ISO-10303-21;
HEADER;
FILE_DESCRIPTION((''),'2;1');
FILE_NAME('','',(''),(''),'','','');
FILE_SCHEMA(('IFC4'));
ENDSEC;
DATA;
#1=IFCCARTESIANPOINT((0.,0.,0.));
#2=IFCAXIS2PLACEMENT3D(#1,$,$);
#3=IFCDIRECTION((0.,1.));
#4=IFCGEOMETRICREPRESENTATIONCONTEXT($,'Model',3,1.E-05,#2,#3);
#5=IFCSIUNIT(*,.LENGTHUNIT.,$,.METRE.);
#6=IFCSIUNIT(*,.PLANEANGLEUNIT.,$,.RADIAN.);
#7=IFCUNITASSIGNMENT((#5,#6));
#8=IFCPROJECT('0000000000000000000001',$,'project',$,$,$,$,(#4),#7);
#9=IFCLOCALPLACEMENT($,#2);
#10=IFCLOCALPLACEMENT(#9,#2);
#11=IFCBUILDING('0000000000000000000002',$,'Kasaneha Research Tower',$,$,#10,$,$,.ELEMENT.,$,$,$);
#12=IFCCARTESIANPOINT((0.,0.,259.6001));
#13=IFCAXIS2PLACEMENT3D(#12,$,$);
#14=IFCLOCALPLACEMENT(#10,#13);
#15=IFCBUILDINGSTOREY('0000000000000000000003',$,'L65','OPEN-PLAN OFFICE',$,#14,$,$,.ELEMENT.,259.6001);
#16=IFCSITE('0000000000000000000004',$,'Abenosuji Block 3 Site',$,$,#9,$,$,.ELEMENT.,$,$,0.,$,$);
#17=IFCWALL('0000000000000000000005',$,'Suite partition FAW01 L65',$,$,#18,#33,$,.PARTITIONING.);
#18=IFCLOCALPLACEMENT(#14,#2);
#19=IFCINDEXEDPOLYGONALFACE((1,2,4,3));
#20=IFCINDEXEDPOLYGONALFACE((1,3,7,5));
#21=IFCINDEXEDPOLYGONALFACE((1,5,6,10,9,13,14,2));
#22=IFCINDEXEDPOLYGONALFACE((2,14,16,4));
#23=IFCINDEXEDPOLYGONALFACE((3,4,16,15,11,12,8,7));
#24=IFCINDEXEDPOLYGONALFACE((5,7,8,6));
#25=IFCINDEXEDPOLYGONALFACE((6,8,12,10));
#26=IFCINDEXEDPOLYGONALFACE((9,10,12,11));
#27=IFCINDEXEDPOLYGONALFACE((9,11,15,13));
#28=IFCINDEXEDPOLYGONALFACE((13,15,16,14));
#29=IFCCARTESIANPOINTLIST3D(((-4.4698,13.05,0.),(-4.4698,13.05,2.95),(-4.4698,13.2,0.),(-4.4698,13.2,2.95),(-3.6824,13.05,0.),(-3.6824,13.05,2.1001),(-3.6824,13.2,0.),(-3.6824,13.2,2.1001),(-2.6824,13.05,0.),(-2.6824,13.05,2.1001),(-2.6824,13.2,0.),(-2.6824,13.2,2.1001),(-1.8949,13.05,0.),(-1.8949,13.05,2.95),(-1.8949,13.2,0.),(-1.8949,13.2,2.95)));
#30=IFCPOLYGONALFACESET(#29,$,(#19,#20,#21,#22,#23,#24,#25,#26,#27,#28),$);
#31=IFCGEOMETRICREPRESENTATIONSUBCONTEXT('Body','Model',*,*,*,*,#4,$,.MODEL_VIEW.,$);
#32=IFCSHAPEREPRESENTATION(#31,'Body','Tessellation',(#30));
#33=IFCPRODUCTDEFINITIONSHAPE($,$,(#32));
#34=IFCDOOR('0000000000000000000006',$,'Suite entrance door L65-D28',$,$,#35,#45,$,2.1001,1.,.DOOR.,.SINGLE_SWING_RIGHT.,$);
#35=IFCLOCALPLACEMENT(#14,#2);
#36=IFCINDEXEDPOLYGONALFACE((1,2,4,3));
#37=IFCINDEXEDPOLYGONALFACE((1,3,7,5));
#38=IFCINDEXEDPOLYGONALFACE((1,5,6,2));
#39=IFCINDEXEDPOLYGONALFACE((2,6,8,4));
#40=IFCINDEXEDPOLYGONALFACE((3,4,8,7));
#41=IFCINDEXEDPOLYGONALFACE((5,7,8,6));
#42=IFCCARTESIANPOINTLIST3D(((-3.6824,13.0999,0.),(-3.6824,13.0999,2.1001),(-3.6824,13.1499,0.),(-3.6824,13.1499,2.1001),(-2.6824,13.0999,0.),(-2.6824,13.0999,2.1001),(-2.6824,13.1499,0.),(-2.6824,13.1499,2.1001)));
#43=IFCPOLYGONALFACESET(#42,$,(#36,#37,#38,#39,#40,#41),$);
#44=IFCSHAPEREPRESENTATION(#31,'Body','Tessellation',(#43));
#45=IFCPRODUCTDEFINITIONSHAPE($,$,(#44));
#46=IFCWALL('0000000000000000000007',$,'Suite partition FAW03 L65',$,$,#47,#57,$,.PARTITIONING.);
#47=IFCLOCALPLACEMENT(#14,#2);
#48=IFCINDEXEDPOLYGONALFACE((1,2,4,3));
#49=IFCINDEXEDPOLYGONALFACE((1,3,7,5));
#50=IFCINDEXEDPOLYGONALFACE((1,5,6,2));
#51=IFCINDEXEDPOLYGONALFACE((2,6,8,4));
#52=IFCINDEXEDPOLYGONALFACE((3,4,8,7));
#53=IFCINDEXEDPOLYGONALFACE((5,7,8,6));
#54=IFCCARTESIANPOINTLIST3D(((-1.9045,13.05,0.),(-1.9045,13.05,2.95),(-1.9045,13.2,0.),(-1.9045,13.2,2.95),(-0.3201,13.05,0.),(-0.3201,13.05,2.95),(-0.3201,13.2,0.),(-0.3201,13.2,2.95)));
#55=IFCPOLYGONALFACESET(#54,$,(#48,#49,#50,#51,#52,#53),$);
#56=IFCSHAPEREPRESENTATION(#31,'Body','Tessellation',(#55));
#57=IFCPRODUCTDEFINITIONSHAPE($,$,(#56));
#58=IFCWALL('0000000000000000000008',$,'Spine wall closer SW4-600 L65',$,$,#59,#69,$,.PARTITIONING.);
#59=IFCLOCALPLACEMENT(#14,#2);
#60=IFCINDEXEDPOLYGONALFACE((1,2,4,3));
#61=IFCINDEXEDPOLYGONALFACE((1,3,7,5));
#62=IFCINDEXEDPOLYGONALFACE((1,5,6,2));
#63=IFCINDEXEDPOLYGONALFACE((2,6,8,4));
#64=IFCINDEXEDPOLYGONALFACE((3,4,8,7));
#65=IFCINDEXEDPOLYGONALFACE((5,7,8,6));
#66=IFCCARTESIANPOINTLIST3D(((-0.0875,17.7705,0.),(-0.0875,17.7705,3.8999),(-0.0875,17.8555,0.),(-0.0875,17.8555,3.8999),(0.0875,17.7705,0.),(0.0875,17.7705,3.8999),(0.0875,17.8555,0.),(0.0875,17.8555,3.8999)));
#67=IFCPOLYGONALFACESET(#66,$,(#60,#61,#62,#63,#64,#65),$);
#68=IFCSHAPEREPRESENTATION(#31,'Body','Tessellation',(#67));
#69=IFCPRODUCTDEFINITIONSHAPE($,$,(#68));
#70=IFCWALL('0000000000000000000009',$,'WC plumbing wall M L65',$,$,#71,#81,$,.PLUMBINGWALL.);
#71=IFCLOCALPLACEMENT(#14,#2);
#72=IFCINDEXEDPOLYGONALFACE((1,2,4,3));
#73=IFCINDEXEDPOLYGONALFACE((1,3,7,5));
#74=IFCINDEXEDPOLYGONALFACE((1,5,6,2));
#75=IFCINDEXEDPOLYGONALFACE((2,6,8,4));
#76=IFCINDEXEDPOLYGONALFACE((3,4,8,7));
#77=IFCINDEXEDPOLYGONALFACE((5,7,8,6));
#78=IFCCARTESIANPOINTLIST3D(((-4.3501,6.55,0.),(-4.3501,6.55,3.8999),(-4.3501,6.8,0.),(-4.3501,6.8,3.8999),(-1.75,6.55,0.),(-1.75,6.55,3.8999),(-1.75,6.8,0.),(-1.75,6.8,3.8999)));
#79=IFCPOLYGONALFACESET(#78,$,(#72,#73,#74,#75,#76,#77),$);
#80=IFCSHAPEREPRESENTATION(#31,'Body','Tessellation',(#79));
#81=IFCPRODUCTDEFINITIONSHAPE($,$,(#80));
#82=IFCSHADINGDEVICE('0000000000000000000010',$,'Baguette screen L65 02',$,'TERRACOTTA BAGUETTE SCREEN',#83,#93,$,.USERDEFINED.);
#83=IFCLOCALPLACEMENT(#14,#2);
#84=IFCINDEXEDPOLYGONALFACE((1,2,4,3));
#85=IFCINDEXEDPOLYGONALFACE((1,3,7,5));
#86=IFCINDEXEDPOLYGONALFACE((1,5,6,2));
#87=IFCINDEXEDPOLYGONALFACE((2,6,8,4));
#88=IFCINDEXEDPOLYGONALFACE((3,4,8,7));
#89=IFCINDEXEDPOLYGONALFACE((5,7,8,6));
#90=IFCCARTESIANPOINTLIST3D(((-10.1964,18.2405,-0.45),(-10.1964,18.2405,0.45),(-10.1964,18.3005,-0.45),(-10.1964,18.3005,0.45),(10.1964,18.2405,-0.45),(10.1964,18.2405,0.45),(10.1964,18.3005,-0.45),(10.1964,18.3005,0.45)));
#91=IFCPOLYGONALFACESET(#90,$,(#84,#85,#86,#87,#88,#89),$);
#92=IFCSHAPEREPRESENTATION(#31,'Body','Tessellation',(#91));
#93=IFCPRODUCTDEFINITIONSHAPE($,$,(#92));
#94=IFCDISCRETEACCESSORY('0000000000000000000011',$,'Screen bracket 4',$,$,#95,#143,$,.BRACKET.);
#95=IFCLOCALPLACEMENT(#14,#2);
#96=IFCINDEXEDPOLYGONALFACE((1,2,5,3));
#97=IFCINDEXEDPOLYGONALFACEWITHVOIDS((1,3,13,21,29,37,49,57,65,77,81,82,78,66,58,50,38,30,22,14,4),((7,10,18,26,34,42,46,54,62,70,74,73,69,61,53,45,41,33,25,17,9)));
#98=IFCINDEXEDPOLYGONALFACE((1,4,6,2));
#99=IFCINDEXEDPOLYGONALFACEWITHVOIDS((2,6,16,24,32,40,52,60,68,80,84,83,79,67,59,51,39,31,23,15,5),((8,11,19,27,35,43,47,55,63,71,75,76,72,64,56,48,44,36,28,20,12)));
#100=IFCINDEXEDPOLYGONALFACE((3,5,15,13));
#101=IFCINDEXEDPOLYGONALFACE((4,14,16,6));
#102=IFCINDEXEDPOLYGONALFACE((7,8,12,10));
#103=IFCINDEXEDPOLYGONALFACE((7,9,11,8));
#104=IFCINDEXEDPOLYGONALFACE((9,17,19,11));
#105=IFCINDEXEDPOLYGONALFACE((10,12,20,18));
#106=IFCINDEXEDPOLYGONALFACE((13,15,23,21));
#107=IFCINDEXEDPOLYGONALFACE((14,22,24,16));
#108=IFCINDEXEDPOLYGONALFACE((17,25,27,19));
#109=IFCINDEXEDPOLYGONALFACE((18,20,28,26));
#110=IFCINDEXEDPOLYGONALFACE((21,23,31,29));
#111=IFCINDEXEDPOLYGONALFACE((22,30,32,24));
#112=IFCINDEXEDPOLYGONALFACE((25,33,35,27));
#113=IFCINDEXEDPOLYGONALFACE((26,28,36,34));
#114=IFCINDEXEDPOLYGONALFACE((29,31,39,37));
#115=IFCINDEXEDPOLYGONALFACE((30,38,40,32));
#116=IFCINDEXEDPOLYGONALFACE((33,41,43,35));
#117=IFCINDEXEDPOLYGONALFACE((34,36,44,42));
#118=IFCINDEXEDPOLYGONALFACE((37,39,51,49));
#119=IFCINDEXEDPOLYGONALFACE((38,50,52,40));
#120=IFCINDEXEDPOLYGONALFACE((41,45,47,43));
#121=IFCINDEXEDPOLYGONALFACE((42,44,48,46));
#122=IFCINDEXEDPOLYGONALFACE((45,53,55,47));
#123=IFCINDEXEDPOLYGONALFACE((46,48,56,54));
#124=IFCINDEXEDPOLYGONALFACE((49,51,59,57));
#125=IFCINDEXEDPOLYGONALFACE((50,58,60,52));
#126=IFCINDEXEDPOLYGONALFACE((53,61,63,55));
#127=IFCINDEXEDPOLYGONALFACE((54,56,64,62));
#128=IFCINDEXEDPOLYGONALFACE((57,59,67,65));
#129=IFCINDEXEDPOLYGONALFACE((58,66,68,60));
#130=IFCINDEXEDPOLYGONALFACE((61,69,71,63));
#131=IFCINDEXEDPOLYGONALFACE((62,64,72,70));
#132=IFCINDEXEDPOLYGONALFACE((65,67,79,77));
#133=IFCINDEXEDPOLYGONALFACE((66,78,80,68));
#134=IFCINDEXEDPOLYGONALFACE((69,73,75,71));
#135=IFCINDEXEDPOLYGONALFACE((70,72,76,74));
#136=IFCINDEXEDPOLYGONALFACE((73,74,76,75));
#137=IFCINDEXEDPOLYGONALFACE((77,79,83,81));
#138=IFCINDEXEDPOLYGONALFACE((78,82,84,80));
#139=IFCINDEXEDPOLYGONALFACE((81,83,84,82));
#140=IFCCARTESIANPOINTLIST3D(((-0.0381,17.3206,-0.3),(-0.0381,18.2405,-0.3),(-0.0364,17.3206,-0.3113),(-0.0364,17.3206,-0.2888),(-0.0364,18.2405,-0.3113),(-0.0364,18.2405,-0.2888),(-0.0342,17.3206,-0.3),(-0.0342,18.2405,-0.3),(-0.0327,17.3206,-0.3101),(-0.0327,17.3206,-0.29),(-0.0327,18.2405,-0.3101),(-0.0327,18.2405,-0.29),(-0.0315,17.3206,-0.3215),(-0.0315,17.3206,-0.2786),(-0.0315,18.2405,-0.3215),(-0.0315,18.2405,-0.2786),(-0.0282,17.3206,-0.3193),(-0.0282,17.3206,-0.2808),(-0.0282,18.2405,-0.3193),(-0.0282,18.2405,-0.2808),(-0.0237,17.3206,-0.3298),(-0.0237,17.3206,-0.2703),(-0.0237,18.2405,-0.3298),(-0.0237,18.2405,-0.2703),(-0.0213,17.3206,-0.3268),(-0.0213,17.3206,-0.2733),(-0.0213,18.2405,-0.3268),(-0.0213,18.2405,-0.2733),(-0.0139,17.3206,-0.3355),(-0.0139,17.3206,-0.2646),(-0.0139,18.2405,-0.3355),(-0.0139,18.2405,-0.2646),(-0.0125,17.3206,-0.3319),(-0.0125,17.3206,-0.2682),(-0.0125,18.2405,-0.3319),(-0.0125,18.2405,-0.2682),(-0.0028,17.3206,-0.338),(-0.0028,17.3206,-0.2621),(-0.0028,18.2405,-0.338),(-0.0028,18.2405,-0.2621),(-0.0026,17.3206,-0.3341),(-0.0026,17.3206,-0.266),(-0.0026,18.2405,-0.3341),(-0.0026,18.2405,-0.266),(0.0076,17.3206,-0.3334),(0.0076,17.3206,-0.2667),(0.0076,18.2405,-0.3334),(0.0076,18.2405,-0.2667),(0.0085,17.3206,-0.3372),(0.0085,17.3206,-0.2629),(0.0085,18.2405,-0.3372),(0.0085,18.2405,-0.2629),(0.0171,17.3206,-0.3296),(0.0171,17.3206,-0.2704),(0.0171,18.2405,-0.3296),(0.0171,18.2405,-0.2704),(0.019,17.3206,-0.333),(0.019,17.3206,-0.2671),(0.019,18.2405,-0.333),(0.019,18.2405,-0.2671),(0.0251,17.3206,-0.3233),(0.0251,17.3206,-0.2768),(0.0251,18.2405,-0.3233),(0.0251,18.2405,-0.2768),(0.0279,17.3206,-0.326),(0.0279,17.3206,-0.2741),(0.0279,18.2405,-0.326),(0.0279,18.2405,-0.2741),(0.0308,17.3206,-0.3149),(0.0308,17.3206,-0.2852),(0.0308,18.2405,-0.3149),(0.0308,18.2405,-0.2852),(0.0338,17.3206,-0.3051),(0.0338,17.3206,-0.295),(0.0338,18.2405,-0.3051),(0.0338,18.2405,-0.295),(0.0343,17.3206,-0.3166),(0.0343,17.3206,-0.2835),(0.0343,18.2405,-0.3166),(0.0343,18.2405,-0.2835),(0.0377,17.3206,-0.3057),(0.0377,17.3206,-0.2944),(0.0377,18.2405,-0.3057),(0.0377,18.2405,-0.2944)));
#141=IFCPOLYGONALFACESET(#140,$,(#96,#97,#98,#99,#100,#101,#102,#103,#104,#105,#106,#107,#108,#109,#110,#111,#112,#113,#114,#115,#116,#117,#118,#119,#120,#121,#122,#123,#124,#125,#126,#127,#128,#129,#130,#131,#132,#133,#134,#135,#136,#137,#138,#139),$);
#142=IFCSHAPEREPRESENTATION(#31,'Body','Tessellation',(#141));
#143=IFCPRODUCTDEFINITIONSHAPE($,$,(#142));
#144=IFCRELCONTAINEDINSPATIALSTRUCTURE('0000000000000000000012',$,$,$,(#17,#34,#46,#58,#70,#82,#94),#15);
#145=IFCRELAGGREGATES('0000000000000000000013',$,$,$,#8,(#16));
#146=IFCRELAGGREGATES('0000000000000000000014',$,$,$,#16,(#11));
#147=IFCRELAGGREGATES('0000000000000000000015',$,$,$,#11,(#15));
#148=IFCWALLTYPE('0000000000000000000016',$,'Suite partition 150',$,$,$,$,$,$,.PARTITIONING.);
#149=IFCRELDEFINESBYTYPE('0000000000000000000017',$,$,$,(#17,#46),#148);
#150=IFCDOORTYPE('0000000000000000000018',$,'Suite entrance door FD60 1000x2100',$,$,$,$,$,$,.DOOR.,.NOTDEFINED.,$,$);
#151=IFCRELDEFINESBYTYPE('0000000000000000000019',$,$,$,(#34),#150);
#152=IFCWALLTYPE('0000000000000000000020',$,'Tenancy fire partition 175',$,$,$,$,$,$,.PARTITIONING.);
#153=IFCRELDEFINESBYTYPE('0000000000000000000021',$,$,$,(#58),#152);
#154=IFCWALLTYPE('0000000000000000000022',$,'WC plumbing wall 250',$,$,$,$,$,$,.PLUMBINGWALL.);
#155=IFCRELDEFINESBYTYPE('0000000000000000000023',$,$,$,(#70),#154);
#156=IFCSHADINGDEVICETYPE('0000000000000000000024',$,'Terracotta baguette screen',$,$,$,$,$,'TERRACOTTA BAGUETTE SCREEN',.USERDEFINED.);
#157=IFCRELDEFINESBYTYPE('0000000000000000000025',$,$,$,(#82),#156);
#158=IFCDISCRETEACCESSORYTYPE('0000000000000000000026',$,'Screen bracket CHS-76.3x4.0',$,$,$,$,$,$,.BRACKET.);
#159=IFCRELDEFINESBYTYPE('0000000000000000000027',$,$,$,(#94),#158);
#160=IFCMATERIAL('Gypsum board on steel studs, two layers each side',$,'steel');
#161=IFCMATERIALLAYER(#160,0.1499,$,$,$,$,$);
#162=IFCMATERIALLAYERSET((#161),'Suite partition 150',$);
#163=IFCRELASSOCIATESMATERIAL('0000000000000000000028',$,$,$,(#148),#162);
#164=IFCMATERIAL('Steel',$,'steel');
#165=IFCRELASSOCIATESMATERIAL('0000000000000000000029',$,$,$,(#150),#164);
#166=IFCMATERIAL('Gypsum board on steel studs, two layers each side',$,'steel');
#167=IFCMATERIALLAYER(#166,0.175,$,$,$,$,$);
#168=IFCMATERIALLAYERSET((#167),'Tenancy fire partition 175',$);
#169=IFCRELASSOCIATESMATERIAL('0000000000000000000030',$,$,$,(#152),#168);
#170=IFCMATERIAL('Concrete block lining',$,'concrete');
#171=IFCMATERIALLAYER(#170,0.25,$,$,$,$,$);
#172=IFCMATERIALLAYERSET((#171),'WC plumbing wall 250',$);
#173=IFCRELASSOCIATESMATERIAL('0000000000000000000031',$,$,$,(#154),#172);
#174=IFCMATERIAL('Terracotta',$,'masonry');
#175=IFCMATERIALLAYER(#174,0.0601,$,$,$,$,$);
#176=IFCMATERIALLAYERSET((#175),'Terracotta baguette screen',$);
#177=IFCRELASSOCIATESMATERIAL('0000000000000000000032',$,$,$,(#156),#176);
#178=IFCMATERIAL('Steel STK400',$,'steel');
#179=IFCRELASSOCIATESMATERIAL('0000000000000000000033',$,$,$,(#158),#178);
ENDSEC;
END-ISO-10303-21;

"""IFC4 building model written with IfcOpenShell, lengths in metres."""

from ifc_helpers import new_model, si_unit, direction, frame, frame_2d, origin, origin_2d, place, context, subcontext, project, spatial, rectangle, hollow_circle, extrude, material, layer, layer_set, material_profile, profile_set, type_object, element, fill, save


model = new_model("IFC4")

# Units and contexts
model_context = context("Model", 3, precision=1e-05, world=origin(), true_north=direction((0.0, 1.0)))
body_context = subcontext(model_context, "Body", "Model", "MODEL_VIEW")
ifc_project = project(units=[si_unit("LENGTHUNIT", "METRE"), si_unit("PLANEANGLEUNIT", "RADIAN")], contexts=[model_context])

# Site, building, storey
site_placement = place(None, origin())
site = spatial("IfcSite", under=ifc_project, at=site_placement, Name="Abenosuji Block 3 Site", CompositionType="ELEMENT", RefElevation=0.0)
building_placement = place(site_placement, origin())
building = spatial("IfcBuilding", under=site, at=building_placement, Name="Kasaneha Research Tower", CompositionType="ELEMENT")
storey_placement = place(building_placement, frame((0.0, 0.0, 259.6001)))
storey = spatial("IfcBuildingStorey", under=building, at=storey_placement, Name="L65", Description="OPEN-PLAN OFFICE", CompositionType="ELEMENT", Elevation=259.6001)

# Shared definitions
ifc_material_1 = material(Name="Gypsum board on steel studs, two layers each side", Category="steel")
ifc_layer_1 = layer(ifc_material_1, 0.1499)
ifc_layer_set_1 = layer_set([ifc_layer_1], Name="Suite partition 150")
wall_type_1 = type_object("IfcWallType", Name="Suite partition 150", PredefinedType="PARTITIONING", material=ifc_layer_set_1)

# Wall, opening, door
wall_1_placement = place(storey_placement, frame((-4.47, 13.125, 0.0), z_axis=(0.0, 0.0, 1.0), x_axis=(1.0, 0.0, 0.0)))
wall_1 = element("IfcWall", 1, at=wall_1_placement, inside=storey, type_object=wall_type_1, Name="Suite partition FAW01 L65", PredefinedType="PARTITIONING", context=body_context, shape_type="SweptSolid", body=[
    extrude(rectangle(XDim=2.575, YDim=0.1499, at=frame_2d((1.2876, 0.0))), origin(), (0.0, 0.0, 1.0), 2.95),
])
opening_1_placement = place(wall_1_placement, frame((0.7876, 0.0, 0.0)))
opening_1 = element("IfcOpeningElement", 2, at=opening_1_placement, cuts=wall_1, PredefinedType="OPENING", context=body_context, shape_type="SweptSolid", body=[
    extrude(rectangle(XDim=1.0, YDim=2.1001, at=frame_2d((0.5, 1.05))), frame((0.0, 0.085, 0.0), z_axis=(0.0, -1.0, 0.0), x_axis=(1.0, 0.0, 0.0)), (0.0, 0.0, 1.0), 0.1699),
])
ifc_material_2 = material(Name="Steel", Category="steel")
door_type_1 = type_object("IfcDoorType", Name="Suite entrance door FD60 1000x2100", OperationType="NOTDEFINED", PredefinedType="DOOR", material=ifc_material_2)
door_1_placement = place(opening_1_placement, origin())
door_1 = element("IfcDoor", 3, at=door_1_placement, inside=storey, type_object=door_type_1, Name="Suite entrance door L65-D28", OperationType="SINGLE_SWING_RIGHT", OverallHeight=2.1001, OverallWidth=1.0, PredefinedType="DOOR", context=body_context, shape_type="SweptSolid", body=[
    extrude(rectangle(XDim=1.0, YDim=2.1001, at=frame_2d((0.5, 1.05))), frame((0.0, 0.0249, 0.0), z_axis=(0.0, -1.0, 0.0), x_axis=(1.0, 0.0, 0.0)), (0.0, 0.0, 1.0), 0.05),
])
fill(opening_1, door_1)

# Walls
wall_2_placement = place(storey_placement, frame((-1.9045, 13.125, 0.0), z_axis=(0.0, 0.0, 1.0), x_axis=(1.0, 0.0, 0.0)))
element("IfcWall", 4, at=wall_2_placement, inside=storey, type_object=wall_type_1, Name="Suite partition FAW03 L65", PredefinedType="PARTITIONING", context=body_context, shape_type="SweptSolid", body=[
    extrude(rectangle(XDim=1.5845, YDim=0.1499, at=frame_2d((0.7922, 0.0))), origin(), (0.0, 0.0, 1.0), 2.95),
])
ifc_material_3 = material(Name="Gypsum board on steel studs, two layers each side", Category="steel")
ifc_layer_2 = layer(ifc_material_3, 0.175)
ifc_layer_set_2 = layer_set([ifc_layer_2], Name="Tenancy fire partition 175")
wall_type_2 = type_object("IfcWallType", Name="Tenancy fire partition 175", PredefinedType="PARTITIONING", material=ifc_layer_set_2)
wall_3_placement = place(storey_placement, frame((0.0, 17.7705, 0.0), z_axis=(0.0, 0.0, 1.0), x_axis=(0.0, 1.0, 0.0)))
element("IfcWall", 5, at=wall_3_placement, inside=storey, type_object=wall_type_2, Name="Spine wall closer SW4-600 L65", PredefinedType="PARTITIONING", context=body_context, shape_type="SweptSolid", body=[
    extrude(rectangle(XDim=0.085, YDim=0.175, at=frame_2d((0.0425, 0.0))), origin(), (0.0, 0.0, 1.0), 3.8999),
])
ifc_material_4 = material(Name="Concrete block lining", Category="concrete")
ifc_layer_3 = layer(ifc_material_4, 0.25)
ifc_layer_set_3 = layer_set([ifc_layer_3], Name="WC plumbing wall 250")
wall_type_3 = type_object("IfcWallType", Name="WC plumbing wall 250", PredefinedType="PLUMBINGWALL", material=ifc_layer_set_3)
wall_4_placement = place(storey_placement, frame((-4.3501, 6.675, 0.0), z_axis=(0.0, 0.0, 1.0), x_axis=(1.0, 0.0, 0.0)))
element("IfcWall", 6, at=wall_4_placement, inside=storey, type_object=wall_type_3, Name="WC plumbing wall M L65", PredefinedType="PLUMBINGWALL", context=body_context, shape_type="SweptSolid", body=[
    extrude(rectangle(XDim=2.6001, YDim=0.25, at=frame_2d((1.3, 0.0))), origin(), (0.0, 0.0, 1.0), 3.8999),
])

# Shading device
ifc_material_5 = material(Name="Terracotta", Category="masonry")
ifc_layer_4 = layer(ifc_material_5, 0.0601)
ifc_layer_set_4 = layer_set([ifc_layer_4], Name="Terracotta baguette screen")
shading_device_type = type_object("IfcShadingDeviceType", Name="Terracotta baguette screen", ElementType="TERRACOTTA BAGUETTE SCREEN", PredefinedType="USERDEFINED", material=ifc_layer_set_4)
shading_device_placement = place(storey_placement, frame((0.0, 18.2705, -0.45), z_axis=(0.0, 0.0, 1.0), x_axis=(-1.0, 0.0, 0.0)))
element("IfcShadingDevice", 7, at=shading_device_placement, inside=storey, type_object=shading_device_type, Name="Baguette screen L65 02", ObjectType="TERRACOTTA BAGUETTE SCREEN", PredefinedType="USERDEFINED", context=body_context, shape_type="SweptSolid", body=[
    extrude(rectangle(XDim=20.3928, YDim=0.0601, at=origin_2d()), origin(), (0.0, 0.0, 1.0), 0.8999),
])

# Discrete accessory
ifc_material_6 = material(Name="Steel STK400", Category="steel")
ifc_material_profile_1 = material_profile(ifc_material_6, hollow_circle(Radius=0.0381, WallThickness=0.0039, at=origin_2d()), Name="CHS-76.3x4.0")
ifc_profile_set_1 = profile_set([ifc_material_profile_1], Name="Steel STK400")
discrete_accessory_type = type_object("IfcDiscreteAccessoryType", Name="Screen bracket CHS-76.3x4.0", PredefinedType="BRACKET", material=ifc_profile_set_1)
for number, where, z_axis, x_axis, name in (
    (8, (0.0, 17.3206, -0.3), (0.0, 1.0, 0.0), (-1.0, 0.0, 0.0), "Screen bracket 4"),
):
    element("IfcDiscreteAccessory", number, at=place(storey_placement, frame(where, z_axis=z_axis, x_axis=x_axis)), inside=storey, type_object=discrete_accessory_type, Name=name, PredefinedType="BRACKET", context=body_context, shape_type="SweptSolid", body=[
        extrude(hollow_circle(Radius=0.0381, WallThickness=0.0039, at=origin_2d()), origin(), (0.0, 0.0, 1.0), 0.9199),
    ])

save(model, "model.ifc")
